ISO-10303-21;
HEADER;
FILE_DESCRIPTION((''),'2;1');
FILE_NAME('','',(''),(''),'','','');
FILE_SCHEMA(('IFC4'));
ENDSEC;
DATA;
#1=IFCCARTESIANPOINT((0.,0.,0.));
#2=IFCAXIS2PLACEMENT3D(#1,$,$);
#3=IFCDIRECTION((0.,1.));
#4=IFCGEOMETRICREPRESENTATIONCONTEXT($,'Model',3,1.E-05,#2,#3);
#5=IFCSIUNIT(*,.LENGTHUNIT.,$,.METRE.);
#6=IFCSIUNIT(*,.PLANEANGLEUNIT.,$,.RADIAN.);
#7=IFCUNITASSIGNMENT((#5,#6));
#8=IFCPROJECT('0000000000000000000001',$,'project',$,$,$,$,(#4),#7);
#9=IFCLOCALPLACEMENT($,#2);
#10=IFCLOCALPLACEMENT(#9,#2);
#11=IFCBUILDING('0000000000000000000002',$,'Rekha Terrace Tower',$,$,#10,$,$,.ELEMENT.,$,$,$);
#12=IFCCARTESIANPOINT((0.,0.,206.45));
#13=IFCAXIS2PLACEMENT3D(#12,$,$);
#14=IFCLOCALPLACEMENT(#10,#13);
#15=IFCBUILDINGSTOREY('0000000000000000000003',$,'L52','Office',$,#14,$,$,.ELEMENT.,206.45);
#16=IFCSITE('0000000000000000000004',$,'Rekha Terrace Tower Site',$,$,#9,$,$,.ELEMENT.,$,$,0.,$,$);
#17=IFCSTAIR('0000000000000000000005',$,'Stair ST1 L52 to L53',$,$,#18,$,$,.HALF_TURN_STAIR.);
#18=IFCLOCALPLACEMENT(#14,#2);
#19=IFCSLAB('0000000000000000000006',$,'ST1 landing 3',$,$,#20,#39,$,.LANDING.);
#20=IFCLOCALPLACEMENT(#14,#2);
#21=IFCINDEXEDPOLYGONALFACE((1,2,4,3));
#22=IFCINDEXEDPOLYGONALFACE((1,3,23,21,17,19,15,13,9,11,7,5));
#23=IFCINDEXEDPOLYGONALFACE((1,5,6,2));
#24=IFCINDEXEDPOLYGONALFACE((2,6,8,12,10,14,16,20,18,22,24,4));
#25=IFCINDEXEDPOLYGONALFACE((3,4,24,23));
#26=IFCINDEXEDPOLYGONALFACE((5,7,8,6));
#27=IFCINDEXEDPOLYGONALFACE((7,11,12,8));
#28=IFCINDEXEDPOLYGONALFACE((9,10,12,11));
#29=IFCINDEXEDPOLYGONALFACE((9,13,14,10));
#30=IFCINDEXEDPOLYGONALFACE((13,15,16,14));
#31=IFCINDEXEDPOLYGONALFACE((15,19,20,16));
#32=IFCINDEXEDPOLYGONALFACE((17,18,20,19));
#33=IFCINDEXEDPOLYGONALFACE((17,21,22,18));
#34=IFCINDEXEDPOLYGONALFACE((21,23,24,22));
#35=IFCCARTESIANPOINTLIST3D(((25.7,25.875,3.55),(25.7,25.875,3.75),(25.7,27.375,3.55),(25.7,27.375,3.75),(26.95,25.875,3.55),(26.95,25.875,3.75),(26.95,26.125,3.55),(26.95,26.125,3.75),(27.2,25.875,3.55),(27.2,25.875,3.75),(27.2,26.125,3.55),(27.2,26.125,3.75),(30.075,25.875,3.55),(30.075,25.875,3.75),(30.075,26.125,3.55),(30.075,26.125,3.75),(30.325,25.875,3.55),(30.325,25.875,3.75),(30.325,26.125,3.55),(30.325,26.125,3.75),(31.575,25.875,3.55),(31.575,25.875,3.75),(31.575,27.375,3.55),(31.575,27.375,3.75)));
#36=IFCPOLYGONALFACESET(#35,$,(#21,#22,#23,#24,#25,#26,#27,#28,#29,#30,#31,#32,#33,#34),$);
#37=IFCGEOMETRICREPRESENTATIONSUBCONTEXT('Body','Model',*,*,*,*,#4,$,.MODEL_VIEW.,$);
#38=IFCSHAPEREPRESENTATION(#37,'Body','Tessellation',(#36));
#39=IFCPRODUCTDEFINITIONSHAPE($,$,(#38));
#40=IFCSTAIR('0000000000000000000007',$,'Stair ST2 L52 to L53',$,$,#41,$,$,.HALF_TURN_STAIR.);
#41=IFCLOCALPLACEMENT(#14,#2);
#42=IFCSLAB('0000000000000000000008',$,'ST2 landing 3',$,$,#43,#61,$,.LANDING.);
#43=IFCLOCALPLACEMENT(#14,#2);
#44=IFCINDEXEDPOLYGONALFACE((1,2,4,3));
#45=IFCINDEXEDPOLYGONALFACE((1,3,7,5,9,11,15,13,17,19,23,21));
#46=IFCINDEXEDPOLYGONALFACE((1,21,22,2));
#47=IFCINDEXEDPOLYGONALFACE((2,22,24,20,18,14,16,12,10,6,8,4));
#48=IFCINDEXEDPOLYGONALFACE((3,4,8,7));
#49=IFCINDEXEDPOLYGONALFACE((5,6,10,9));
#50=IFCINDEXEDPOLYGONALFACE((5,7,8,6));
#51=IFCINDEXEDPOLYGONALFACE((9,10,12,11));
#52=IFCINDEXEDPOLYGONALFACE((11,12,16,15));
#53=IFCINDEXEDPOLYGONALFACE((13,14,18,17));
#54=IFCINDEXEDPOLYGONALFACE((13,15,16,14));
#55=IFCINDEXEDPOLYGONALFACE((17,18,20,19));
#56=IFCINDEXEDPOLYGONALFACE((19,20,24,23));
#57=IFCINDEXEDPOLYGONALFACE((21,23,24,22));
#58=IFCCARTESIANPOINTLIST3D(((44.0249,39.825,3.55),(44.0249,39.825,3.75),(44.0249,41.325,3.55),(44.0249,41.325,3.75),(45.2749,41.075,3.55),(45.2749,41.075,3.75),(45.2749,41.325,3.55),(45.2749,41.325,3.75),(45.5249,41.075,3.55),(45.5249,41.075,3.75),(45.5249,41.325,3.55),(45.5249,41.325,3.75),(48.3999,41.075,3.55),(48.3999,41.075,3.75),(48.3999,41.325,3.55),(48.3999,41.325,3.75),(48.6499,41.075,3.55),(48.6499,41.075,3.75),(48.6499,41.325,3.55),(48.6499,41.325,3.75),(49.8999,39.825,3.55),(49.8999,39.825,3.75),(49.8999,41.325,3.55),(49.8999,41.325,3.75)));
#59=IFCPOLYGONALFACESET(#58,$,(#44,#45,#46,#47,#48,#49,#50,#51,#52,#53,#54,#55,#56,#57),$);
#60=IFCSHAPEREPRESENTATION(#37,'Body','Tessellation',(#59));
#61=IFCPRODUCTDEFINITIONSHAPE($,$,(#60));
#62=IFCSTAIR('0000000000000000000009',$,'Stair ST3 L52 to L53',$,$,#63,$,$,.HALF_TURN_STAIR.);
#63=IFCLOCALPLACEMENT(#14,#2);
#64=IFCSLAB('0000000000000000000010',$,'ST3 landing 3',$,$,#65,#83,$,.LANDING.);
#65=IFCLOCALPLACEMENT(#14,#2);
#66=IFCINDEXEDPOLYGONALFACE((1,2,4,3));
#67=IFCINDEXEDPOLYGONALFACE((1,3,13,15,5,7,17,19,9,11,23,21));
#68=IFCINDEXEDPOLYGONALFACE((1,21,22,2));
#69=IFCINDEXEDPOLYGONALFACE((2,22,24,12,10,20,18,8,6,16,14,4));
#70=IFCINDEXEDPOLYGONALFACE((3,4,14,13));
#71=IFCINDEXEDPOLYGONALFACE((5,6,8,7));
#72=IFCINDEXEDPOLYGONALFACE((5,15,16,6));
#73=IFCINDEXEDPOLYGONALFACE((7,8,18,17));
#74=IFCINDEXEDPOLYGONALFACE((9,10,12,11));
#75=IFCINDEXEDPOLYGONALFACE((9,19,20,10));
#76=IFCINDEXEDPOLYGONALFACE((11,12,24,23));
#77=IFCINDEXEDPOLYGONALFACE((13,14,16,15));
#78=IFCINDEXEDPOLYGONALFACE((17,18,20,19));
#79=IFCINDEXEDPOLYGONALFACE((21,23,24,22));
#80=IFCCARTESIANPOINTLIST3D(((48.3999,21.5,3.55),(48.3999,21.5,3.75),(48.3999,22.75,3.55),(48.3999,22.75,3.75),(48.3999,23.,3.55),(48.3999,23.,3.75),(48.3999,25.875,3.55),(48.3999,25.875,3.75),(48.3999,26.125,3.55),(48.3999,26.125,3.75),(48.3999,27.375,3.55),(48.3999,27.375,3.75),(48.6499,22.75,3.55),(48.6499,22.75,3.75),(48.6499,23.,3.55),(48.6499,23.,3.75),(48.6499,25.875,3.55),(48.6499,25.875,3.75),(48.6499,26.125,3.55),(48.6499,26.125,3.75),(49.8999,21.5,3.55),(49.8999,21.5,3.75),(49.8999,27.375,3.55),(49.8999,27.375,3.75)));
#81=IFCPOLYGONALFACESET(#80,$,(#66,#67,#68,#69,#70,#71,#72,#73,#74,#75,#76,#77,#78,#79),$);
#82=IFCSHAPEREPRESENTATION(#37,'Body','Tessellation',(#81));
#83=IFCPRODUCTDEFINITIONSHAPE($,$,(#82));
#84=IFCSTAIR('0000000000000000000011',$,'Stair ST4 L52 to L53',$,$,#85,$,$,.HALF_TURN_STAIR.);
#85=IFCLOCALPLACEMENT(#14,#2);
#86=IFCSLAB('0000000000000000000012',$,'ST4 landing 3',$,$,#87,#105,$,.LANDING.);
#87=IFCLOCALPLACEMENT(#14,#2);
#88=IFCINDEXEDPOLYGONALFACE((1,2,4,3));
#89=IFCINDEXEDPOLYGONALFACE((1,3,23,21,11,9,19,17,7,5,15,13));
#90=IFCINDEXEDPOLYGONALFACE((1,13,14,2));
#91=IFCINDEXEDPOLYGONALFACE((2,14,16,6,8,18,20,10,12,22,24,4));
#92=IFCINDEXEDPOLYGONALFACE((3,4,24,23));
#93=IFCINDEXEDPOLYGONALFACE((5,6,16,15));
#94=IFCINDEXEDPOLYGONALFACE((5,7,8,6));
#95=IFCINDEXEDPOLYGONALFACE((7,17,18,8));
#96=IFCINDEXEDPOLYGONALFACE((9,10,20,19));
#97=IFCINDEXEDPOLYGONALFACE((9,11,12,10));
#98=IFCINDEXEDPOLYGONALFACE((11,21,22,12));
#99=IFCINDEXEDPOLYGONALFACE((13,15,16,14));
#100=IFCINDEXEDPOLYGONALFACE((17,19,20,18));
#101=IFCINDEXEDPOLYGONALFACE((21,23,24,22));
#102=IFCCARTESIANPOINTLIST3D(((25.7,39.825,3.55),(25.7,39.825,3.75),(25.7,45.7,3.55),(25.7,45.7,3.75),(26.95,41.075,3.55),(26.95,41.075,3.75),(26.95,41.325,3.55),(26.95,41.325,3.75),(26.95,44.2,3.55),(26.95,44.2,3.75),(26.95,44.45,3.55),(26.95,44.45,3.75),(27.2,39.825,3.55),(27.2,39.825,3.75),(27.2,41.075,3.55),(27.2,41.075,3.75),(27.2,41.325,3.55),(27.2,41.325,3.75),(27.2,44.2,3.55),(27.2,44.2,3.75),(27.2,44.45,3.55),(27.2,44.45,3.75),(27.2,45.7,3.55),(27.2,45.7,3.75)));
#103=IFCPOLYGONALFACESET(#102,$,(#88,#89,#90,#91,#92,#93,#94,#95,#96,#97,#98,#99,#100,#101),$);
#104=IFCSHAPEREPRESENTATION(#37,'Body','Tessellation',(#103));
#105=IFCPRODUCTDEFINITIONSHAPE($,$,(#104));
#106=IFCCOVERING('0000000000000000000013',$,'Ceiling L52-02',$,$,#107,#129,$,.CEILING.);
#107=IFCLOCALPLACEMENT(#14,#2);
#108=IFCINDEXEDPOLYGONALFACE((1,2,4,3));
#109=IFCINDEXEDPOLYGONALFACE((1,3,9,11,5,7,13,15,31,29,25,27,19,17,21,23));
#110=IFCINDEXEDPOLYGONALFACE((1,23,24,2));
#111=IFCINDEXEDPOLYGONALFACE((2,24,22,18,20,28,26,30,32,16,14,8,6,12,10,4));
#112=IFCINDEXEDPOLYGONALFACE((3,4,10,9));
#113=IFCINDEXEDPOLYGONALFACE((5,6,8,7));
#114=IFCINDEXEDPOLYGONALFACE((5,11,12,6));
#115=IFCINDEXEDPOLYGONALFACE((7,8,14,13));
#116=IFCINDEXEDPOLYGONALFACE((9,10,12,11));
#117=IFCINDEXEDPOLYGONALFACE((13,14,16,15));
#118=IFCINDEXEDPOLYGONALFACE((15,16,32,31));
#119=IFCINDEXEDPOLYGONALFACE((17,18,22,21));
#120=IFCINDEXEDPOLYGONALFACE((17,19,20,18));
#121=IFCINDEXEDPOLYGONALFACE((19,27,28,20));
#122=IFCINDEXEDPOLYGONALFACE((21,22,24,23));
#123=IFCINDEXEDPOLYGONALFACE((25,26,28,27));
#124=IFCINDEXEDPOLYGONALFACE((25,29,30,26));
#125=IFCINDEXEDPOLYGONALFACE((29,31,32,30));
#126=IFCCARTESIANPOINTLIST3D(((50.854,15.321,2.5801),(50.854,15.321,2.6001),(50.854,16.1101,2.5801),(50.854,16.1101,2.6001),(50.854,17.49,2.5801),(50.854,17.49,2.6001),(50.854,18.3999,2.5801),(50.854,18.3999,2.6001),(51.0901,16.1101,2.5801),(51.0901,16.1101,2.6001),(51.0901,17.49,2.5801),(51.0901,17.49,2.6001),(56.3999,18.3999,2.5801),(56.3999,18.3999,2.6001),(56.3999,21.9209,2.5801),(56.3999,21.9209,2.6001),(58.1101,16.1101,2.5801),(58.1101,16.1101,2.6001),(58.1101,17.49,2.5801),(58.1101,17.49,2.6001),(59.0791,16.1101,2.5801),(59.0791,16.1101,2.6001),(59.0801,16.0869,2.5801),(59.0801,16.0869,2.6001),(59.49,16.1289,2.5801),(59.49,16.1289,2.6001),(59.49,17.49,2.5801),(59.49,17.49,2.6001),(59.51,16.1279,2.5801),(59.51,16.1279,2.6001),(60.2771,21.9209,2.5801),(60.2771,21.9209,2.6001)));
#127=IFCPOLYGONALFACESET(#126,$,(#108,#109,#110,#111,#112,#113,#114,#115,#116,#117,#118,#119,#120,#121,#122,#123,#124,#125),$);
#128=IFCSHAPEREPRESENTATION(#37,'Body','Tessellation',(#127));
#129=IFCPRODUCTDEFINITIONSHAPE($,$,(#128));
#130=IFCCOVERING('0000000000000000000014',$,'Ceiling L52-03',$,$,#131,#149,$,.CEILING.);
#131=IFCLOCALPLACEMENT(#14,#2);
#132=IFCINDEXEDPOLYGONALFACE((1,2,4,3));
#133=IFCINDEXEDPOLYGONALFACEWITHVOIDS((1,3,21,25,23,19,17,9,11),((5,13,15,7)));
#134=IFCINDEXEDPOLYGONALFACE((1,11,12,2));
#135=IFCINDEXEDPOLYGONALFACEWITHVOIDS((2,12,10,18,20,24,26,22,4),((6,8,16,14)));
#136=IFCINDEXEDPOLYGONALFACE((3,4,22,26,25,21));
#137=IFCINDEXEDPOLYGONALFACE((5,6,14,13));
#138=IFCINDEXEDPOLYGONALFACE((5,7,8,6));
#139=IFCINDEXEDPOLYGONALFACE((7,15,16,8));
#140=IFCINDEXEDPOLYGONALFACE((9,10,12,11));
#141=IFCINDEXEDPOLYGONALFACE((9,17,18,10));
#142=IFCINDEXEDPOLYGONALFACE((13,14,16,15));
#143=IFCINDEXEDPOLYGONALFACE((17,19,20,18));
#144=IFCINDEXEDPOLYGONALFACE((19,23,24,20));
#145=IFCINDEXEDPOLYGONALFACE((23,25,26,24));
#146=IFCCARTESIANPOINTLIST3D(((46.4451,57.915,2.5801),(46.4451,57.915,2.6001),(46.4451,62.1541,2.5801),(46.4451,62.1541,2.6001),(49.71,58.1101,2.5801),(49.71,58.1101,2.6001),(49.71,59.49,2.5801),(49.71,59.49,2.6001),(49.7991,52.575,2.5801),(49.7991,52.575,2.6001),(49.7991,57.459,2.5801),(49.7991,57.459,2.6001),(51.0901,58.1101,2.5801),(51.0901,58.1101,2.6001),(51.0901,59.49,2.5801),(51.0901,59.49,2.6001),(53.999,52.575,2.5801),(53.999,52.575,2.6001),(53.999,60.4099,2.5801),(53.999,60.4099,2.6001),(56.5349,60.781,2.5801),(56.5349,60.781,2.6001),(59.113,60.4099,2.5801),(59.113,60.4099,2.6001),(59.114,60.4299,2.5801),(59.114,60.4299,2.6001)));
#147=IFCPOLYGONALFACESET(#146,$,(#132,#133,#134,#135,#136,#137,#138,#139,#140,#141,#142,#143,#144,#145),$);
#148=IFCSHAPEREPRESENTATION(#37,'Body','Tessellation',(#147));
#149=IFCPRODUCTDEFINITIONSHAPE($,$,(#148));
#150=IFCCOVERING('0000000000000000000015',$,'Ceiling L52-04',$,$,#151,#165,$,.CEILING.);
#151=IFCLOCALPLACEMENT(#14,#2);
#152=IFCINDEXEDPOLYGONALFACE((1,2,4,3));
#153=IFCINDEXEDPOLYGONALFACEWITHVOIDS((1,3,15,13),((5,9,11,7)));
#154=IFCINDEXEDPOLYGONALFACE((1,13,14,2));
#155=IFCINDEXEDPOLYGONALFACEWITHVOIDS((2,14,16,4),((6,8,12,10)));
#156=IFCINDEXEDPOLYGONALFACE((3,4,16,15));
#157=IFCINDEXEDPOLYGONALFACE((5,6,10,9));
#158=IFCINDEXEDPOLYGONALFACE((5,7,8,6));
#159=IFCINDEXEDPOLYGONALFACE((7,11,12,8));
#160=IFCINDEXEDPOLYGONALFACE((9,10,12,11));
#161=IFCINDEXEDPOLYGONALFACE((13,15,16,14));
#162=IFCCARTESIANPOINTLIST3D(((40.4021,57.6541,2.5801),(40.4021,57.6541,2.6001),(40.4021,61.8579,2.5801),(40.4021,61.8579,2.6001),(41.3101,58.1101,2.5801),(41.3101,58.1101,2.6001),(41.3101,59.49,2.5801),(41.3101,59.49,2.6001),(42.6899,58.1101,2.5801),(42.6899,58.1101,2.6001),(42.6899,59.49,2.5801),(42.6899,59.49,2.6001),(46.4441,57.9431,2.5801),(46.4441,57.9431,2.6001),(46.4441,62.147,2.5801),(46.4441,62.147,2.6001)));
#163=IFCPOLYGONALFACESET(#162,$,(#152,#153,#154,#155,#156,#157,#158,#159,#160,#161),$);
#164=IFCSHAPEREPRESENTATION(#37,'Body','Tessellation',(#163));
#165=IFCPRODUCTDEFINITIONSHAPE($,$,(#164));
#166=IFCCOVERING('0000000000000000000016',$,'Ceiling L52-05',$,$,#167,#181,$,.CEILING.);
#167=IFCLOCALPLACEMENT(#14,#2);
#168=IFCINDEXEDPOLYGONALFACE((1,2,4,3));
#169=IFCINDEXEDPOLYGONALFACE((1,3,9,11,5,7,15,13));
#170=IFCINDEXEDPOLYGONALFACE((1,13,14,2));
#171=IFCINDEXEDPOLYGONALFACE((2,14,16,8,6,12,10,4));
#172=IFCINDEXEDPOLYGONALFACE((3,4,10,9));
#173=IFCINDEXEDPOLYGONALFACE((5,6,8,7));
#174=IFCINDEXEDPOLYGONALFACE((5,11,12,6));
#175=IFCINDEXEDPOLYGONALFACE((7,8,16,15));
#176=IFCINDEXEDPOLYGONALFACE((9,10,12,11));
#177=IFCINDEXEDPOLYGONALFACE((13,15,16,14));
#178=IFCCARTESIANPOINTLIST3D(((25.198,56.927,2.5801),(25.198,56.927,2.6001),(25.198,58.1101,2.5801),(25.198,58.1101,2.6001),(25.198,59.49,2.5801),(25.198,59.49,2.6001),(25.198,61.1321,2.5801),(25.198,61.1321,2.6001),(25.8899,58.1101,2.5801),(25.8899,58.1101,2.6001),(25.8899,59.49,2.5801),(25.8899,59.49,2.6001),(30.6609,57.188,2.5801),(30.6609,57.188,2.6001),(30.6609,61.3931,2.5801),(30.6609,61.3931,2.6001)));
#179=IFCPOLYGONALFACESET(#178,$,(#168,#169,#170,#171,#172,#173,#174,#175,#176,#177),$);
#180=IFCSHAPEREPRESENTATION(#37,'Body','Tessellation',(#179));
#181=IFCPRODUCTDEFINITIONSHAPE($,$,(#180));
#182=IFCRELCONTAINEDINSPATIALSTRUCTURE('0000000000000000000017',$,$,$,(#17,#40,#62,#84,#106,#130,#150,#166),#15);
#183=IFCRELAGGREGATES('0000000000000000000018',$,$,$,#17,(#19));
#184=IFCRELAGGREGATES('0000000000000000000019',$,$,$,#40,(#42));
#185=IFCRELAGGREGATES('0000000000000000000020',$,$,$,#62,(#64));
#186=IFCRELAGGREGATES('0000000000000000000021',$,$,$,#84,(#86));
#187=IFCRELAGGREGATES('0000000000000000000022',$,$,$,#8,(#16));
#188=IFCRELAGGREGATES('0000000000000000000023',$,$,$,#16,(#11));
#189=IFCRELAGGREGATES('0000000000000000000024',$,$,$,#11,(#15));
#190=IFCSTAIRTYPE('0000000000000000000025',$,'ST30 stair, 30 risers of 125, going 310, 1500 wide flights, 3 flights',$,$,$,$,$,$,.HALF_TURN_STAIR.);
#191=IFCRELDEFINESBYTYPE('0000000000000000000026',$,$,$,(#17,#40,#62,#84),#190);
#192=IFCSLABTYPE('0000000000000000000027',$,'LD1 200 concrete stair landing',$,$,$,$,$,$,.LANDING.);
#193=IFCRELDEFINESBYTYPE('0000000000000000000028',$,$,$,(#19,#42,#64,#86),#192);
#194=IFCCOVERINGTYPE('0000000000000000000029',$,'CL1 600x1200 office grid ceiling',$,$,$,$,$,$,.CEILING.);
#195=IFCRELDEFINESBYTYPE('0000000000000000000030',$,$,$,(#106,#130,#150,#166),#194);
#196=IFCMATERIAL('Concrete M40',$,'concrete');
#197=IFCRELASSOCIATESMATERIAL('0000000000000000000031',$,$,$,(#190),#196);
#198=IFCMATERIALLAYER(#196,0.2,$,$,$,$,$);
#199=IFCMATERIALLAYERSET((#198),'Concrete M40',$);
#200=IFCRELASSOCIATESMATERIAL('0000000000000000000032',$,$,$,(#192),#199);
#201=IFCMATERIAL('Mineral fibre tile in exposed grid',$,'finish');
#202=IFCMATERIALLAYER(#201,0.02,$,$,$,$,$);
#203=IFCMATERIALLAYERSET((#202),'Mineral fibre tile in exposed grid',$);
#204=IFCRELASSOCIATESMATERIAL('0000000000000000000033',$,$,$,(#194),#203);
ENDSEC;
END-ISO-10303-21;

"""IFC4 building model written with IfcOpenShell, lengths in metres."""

from ifc_helpers import new_model, si_unit, direction, frame, origin, place, context, subcontext, project, spatial, polyline, outline, extrude, material, layer, layer_set, type_object, element, aggregate, save


model = new_model("IFC4")

# Units and contexts
model_context = context("Model", 3, precision=1e-05, world=origin(), true_north=direction((0.0, 1.0)))
body_context = subcontext(model_context, "Body", "Model", "MODEL_VIEW")
ifc_project = project(units=[si_unit("LENGTHUNIT", "METRE"), si_unit("PLANEANGLEUNIT", "RADIAN")], contexts=[model_context])

# Site, building, storey
site_placement = place(None, origin())
site = spatial("IfcSite", under=ifc_project, at=site_placement, Name="Rekha Terrace Tower Site", CompositionType="ELEMENT", RefElevation=0.0)
building_placement = place(site_placement, origin())
building = spatial("IfcBuilding", under=site, at=building_placement, Name="Rekha Terrace Tower", CompositionType="ELEMENT")
storey_placement = place(building_placement, frame((0.0, 0.0, 206.45)))
storey = spatial("IfcBuildingStorey", under=building, at=storey_placement, Name="L52", Description="Office", CompositionType="ELEMENT", Elevation=206.45)

# Stairs, slabs
ifc_material_1 = material(Name="Concrete M40", Category="concrete")
stair_type = type_object("IfcStairType", Name="ST30 stair, 30 risers of 125, going 310, 1500 wide flights, 3 flights", PredefinedType="HALF_TURN_STAIR", material=ifc_material_1)
stair_1_placement = place(storey_placement, origin())
stair_1 = element("IfcStair", 1, at=stair_1_placement, inside=storey, type_object=stair_type, Name="Stair ST1 L52 to L53", PredefinedType="HALF_TURN_STAIR")
ifc_layer_1 = layer(ifc_material_1, 0.2)
ifc_layer_set_1 = layer_set([ifc_layer_1], Name="Concrete M40")
slab_type = type_object("IfcSlabType", Name="LD1 200 concrete stair landing", PredefinedType="LANDING", material=ifc_layer_set_1)
slab_1_placement = place(storey_placement, frame((0.0, 0.0, 3.55)))
slab_1 = element("IfcSlab", 2, at=slab_1_placement, type_object=slab_type, Name="ST1 landing 3", PredefinedType="LANDING", context=body_context, shape_type="SweptSolid", body=[
    extrude(outline(polyline([(31.575, 25.875), (31.575, 27.375), (25.7, 27.375), (25.7, 25.875), (26.95, 25.875), (26.95, 26.125), (27.2, 26.125), (27.2, 25.875), (30.075, 25.875), (30.075, 26.125), (30.325, 26.125), (30.325, 25.875), (31.575, 25.875)])), origin(), (0.0, 0.0, 1.0), 0.2),
])
aggregate(stair_1, [slab_1])
stair_2_placement = place(storey_placement, origin())
stair_2 = element("IfcStair", 3, at=stair_2_placement, inside=storey, type_object=stair_type, Name="Stair ST2 L52 to L53", PredefinedType="HALF_TURN_STAIR")
slab_2_placement = place(storey_placement, frame((0.0, 0.0, 3.55)))
slab_2 = element("IfcSlab", 4, at=slab_2_placement, type_object=slab_type, Name="ST2 landing 3", PredefinedType="LANDING", context=body_context, shape_type="SweptSolid", body=[
    extrude(outline(polyline([(44.0249, 41.325), (44.0249, 39.825), (49.8999, 39.825), (49.8999, 41.325), (48.6499, 41.325), (48.6499, 41.075), (48.3999, 41.075), (48.3999, 41.325), (45.5249, 41.325), (45.5249, 41.075), (45.2749, 41.075), (45.2749, 41.325), (44.0249, 41.325)])), origin(), (0.0, 0.0, 1.0), 0.2),
])
aggregate(stair_2, [slab_2])
stair_3_placement = place(storey_placement, origin())
stair_3 = element("IfcStair", 5, at=stair_3_placement, inside=storey, type_object=stair_type, Name="Stair ST3 L52 to L53", PredefinedType="HALF_TURN_STAIR")
slab_3_placement = place(storey_placement, frame((0.0, 0.0, 3.55)))
slab_3 = element("IfcSlab", 6, at=slab_3_placement, type_object=slab_type, Name="ST3 landing 3", PredefinedType="LANDING", context=body_context, shape_type="SweptSolid", body=[
    extrude(outline(polyline([(48.3999, 21.5), (49.8999, 21.5), (49.8999, 27.375), (48.3999, 27.375), (48.3999, 26.125), (48.6499, 26.125), (48.6499, 25.875), (48.3999, 25.875), (48.3999, 23.0), (48.6499, 23.0), (48.6499, 22.75), (48.3999, 22.75), (48.3999, 21.5)])), origin(), (0.0, 0.0, 1.0), 0.2),
])
aggregate(stair_3, [slab_3])
stair_4_placement = place(storey_placement, origin())
stair_4 = element("IfcStair", 7, at=stair_4_placement, inside=storey, type_object=stair_type, Name="Stair ST4 L52 to L53", PredefinedType="HALF_TURN_STAIR")
slab_4_placement = place(storey_placement, frame((0.0, 0.0, 3.55)))
slab_4 = element("IfcSlab", 8, at=slab_4_placement, type_object=slab_type, Name="ST4 landing 3", PredefinedType="LANDING", context=body_context, shape_type="SweptSolid", body=[
    extrude(outline(polyline([(27.2, 39.825), (25.7, 39.825), (25.7, 45.7), (27.2, 45.7), (27.2, 44.45), (26.95, 44.45), (26.95, 44.2), (27.2, 44.2), (27.2, 41.325), (26.95, 41.325), (26.95, 41.075), (27.2, 41.075), (27.2, 39.825)])), origin(), (0.0, 0.0, 1.0), 0.2),
])
aggregate(stair_4, [slab_4])

# Coverings
ifc_material_2 = material(Name="Mineral fibre tile in exposed grid", Category="finish")
ifc_layer_2 = layer(ifc_material_2, 0.02)
ifc_layer_set_2 = layer_set([ifc_layer_2], Name="Mineral fibre tile in exposed grid")
covering_type_1 = type_object("IfcCoveringType", Name="CL1 600x1200 office grid ceiling", PredefinedType="CEILING", material=ifc_layer_set_2)
covering_1_placement = place(storey_placement, frame((0.0, 0.0, 2.5801)))
element("IfcCovering", 9, at=covering_1_placement, inside=storey, type_object=covering_type_1, Name="Ceiling L52-02", PredefinedType="CEILING", context=body_context, shape_type="SweptSolid", body=[
    extrude(outline(polyline([(59.49, 16.1289), (59.51, 16.1279), (60.2771, 21.9209), (56.3999, 21.9209), (56.3999, 18.3999), (50.854, 18.3999), (50.854, 17.49), (51.0901, 17.49), (51.0901, 16.1101), (50.854, 16.1101), (50.854, 15.321), (59.0801, 16.0869), (59.0791, 16.1101), (58.1101, 16.1101), (58.1101, 17.49), (59.49, 17.49), (59.49, 16.1289)])), origin(), (0.0, 0.0, 1.0), 0.02),
])
covering_2_placement = place(storey_placement, frame((0.0, 0.0, 2.5801)))
element("IfcCovering", 10, at=covering_2_placement, inside=storey, type_object=covering_type_1, Name="Ceiling L52-03", PredefinedType="CEILING", context=body_context, shape_type="SweptSolid", body=[
    extrude(outline(polyline([(49.7991, 52.575), (53.999, 52.575), (53.999, 60.4099), (59.113, 60.4099), (59.114, 60.4299), (56.5349, 60.781), (46.4451, 62.1541), (46.4451, 57.915), (49.7991, 57.459), (49.7991, 52.575)]), holes=[polyline([(51.0901, 58.1101), (49.71, 58.1101), (49.71, 59.49), (51.0901, 59.49), (51.0901, 58.1101)])]), origin(), (0.0, 0.0, 1.0), 0.02),
])
covering_3_placement = place(storey_placement, frame((0.0, 0.0, 2.5801)))
element("IfcCovering", 11, at=covering_3_placement, inside=storey, type_object=covering_type_1, Name="Ceiling L52-04", PredefinedType="CEILING", context=body_context, shape_type="SweptSolid", body=[
    extrude(outline(polyline([(46.4441, 62.147), (40.4021, 61.8579), (40.4021, 57.6541), (46.4441, 57.9431), (46.4441, 62.147)]), holes=[polyline([(42.6899, 59.49), (42.6899, 58.1101), (41.3101, 58.1101), (41.3101, 59.49), (42.6899, 59.49)])]), origin(), (0.0, 0.0, 1.0), 0.02),
])
covering_4_placement = place(storey_placement, frame((0.0, 0.0, 2.5801)))
element("IfcCovering", 12, at=covering_4_placement, inside=storey, type_object=covering_type_1, Name="Ceiling L52-05", PredefinedType="CEILING", context=body_context, shape_type="SweptSolid", body=[
    extrude(outline(polyline([(25.8899, 58.1101), (25.198, 58.1101), (25.198, 56.927), (30.6609, 57.188), (30.6609, 61.3931), (25.198, 61.1321), (25.198, 59.49), (25.8899, 59.49), (25.8899, 58.1101)])), origin(), (0.0, 0.0, 1.0), 0.02),
])

save(model, "model.ifc")
